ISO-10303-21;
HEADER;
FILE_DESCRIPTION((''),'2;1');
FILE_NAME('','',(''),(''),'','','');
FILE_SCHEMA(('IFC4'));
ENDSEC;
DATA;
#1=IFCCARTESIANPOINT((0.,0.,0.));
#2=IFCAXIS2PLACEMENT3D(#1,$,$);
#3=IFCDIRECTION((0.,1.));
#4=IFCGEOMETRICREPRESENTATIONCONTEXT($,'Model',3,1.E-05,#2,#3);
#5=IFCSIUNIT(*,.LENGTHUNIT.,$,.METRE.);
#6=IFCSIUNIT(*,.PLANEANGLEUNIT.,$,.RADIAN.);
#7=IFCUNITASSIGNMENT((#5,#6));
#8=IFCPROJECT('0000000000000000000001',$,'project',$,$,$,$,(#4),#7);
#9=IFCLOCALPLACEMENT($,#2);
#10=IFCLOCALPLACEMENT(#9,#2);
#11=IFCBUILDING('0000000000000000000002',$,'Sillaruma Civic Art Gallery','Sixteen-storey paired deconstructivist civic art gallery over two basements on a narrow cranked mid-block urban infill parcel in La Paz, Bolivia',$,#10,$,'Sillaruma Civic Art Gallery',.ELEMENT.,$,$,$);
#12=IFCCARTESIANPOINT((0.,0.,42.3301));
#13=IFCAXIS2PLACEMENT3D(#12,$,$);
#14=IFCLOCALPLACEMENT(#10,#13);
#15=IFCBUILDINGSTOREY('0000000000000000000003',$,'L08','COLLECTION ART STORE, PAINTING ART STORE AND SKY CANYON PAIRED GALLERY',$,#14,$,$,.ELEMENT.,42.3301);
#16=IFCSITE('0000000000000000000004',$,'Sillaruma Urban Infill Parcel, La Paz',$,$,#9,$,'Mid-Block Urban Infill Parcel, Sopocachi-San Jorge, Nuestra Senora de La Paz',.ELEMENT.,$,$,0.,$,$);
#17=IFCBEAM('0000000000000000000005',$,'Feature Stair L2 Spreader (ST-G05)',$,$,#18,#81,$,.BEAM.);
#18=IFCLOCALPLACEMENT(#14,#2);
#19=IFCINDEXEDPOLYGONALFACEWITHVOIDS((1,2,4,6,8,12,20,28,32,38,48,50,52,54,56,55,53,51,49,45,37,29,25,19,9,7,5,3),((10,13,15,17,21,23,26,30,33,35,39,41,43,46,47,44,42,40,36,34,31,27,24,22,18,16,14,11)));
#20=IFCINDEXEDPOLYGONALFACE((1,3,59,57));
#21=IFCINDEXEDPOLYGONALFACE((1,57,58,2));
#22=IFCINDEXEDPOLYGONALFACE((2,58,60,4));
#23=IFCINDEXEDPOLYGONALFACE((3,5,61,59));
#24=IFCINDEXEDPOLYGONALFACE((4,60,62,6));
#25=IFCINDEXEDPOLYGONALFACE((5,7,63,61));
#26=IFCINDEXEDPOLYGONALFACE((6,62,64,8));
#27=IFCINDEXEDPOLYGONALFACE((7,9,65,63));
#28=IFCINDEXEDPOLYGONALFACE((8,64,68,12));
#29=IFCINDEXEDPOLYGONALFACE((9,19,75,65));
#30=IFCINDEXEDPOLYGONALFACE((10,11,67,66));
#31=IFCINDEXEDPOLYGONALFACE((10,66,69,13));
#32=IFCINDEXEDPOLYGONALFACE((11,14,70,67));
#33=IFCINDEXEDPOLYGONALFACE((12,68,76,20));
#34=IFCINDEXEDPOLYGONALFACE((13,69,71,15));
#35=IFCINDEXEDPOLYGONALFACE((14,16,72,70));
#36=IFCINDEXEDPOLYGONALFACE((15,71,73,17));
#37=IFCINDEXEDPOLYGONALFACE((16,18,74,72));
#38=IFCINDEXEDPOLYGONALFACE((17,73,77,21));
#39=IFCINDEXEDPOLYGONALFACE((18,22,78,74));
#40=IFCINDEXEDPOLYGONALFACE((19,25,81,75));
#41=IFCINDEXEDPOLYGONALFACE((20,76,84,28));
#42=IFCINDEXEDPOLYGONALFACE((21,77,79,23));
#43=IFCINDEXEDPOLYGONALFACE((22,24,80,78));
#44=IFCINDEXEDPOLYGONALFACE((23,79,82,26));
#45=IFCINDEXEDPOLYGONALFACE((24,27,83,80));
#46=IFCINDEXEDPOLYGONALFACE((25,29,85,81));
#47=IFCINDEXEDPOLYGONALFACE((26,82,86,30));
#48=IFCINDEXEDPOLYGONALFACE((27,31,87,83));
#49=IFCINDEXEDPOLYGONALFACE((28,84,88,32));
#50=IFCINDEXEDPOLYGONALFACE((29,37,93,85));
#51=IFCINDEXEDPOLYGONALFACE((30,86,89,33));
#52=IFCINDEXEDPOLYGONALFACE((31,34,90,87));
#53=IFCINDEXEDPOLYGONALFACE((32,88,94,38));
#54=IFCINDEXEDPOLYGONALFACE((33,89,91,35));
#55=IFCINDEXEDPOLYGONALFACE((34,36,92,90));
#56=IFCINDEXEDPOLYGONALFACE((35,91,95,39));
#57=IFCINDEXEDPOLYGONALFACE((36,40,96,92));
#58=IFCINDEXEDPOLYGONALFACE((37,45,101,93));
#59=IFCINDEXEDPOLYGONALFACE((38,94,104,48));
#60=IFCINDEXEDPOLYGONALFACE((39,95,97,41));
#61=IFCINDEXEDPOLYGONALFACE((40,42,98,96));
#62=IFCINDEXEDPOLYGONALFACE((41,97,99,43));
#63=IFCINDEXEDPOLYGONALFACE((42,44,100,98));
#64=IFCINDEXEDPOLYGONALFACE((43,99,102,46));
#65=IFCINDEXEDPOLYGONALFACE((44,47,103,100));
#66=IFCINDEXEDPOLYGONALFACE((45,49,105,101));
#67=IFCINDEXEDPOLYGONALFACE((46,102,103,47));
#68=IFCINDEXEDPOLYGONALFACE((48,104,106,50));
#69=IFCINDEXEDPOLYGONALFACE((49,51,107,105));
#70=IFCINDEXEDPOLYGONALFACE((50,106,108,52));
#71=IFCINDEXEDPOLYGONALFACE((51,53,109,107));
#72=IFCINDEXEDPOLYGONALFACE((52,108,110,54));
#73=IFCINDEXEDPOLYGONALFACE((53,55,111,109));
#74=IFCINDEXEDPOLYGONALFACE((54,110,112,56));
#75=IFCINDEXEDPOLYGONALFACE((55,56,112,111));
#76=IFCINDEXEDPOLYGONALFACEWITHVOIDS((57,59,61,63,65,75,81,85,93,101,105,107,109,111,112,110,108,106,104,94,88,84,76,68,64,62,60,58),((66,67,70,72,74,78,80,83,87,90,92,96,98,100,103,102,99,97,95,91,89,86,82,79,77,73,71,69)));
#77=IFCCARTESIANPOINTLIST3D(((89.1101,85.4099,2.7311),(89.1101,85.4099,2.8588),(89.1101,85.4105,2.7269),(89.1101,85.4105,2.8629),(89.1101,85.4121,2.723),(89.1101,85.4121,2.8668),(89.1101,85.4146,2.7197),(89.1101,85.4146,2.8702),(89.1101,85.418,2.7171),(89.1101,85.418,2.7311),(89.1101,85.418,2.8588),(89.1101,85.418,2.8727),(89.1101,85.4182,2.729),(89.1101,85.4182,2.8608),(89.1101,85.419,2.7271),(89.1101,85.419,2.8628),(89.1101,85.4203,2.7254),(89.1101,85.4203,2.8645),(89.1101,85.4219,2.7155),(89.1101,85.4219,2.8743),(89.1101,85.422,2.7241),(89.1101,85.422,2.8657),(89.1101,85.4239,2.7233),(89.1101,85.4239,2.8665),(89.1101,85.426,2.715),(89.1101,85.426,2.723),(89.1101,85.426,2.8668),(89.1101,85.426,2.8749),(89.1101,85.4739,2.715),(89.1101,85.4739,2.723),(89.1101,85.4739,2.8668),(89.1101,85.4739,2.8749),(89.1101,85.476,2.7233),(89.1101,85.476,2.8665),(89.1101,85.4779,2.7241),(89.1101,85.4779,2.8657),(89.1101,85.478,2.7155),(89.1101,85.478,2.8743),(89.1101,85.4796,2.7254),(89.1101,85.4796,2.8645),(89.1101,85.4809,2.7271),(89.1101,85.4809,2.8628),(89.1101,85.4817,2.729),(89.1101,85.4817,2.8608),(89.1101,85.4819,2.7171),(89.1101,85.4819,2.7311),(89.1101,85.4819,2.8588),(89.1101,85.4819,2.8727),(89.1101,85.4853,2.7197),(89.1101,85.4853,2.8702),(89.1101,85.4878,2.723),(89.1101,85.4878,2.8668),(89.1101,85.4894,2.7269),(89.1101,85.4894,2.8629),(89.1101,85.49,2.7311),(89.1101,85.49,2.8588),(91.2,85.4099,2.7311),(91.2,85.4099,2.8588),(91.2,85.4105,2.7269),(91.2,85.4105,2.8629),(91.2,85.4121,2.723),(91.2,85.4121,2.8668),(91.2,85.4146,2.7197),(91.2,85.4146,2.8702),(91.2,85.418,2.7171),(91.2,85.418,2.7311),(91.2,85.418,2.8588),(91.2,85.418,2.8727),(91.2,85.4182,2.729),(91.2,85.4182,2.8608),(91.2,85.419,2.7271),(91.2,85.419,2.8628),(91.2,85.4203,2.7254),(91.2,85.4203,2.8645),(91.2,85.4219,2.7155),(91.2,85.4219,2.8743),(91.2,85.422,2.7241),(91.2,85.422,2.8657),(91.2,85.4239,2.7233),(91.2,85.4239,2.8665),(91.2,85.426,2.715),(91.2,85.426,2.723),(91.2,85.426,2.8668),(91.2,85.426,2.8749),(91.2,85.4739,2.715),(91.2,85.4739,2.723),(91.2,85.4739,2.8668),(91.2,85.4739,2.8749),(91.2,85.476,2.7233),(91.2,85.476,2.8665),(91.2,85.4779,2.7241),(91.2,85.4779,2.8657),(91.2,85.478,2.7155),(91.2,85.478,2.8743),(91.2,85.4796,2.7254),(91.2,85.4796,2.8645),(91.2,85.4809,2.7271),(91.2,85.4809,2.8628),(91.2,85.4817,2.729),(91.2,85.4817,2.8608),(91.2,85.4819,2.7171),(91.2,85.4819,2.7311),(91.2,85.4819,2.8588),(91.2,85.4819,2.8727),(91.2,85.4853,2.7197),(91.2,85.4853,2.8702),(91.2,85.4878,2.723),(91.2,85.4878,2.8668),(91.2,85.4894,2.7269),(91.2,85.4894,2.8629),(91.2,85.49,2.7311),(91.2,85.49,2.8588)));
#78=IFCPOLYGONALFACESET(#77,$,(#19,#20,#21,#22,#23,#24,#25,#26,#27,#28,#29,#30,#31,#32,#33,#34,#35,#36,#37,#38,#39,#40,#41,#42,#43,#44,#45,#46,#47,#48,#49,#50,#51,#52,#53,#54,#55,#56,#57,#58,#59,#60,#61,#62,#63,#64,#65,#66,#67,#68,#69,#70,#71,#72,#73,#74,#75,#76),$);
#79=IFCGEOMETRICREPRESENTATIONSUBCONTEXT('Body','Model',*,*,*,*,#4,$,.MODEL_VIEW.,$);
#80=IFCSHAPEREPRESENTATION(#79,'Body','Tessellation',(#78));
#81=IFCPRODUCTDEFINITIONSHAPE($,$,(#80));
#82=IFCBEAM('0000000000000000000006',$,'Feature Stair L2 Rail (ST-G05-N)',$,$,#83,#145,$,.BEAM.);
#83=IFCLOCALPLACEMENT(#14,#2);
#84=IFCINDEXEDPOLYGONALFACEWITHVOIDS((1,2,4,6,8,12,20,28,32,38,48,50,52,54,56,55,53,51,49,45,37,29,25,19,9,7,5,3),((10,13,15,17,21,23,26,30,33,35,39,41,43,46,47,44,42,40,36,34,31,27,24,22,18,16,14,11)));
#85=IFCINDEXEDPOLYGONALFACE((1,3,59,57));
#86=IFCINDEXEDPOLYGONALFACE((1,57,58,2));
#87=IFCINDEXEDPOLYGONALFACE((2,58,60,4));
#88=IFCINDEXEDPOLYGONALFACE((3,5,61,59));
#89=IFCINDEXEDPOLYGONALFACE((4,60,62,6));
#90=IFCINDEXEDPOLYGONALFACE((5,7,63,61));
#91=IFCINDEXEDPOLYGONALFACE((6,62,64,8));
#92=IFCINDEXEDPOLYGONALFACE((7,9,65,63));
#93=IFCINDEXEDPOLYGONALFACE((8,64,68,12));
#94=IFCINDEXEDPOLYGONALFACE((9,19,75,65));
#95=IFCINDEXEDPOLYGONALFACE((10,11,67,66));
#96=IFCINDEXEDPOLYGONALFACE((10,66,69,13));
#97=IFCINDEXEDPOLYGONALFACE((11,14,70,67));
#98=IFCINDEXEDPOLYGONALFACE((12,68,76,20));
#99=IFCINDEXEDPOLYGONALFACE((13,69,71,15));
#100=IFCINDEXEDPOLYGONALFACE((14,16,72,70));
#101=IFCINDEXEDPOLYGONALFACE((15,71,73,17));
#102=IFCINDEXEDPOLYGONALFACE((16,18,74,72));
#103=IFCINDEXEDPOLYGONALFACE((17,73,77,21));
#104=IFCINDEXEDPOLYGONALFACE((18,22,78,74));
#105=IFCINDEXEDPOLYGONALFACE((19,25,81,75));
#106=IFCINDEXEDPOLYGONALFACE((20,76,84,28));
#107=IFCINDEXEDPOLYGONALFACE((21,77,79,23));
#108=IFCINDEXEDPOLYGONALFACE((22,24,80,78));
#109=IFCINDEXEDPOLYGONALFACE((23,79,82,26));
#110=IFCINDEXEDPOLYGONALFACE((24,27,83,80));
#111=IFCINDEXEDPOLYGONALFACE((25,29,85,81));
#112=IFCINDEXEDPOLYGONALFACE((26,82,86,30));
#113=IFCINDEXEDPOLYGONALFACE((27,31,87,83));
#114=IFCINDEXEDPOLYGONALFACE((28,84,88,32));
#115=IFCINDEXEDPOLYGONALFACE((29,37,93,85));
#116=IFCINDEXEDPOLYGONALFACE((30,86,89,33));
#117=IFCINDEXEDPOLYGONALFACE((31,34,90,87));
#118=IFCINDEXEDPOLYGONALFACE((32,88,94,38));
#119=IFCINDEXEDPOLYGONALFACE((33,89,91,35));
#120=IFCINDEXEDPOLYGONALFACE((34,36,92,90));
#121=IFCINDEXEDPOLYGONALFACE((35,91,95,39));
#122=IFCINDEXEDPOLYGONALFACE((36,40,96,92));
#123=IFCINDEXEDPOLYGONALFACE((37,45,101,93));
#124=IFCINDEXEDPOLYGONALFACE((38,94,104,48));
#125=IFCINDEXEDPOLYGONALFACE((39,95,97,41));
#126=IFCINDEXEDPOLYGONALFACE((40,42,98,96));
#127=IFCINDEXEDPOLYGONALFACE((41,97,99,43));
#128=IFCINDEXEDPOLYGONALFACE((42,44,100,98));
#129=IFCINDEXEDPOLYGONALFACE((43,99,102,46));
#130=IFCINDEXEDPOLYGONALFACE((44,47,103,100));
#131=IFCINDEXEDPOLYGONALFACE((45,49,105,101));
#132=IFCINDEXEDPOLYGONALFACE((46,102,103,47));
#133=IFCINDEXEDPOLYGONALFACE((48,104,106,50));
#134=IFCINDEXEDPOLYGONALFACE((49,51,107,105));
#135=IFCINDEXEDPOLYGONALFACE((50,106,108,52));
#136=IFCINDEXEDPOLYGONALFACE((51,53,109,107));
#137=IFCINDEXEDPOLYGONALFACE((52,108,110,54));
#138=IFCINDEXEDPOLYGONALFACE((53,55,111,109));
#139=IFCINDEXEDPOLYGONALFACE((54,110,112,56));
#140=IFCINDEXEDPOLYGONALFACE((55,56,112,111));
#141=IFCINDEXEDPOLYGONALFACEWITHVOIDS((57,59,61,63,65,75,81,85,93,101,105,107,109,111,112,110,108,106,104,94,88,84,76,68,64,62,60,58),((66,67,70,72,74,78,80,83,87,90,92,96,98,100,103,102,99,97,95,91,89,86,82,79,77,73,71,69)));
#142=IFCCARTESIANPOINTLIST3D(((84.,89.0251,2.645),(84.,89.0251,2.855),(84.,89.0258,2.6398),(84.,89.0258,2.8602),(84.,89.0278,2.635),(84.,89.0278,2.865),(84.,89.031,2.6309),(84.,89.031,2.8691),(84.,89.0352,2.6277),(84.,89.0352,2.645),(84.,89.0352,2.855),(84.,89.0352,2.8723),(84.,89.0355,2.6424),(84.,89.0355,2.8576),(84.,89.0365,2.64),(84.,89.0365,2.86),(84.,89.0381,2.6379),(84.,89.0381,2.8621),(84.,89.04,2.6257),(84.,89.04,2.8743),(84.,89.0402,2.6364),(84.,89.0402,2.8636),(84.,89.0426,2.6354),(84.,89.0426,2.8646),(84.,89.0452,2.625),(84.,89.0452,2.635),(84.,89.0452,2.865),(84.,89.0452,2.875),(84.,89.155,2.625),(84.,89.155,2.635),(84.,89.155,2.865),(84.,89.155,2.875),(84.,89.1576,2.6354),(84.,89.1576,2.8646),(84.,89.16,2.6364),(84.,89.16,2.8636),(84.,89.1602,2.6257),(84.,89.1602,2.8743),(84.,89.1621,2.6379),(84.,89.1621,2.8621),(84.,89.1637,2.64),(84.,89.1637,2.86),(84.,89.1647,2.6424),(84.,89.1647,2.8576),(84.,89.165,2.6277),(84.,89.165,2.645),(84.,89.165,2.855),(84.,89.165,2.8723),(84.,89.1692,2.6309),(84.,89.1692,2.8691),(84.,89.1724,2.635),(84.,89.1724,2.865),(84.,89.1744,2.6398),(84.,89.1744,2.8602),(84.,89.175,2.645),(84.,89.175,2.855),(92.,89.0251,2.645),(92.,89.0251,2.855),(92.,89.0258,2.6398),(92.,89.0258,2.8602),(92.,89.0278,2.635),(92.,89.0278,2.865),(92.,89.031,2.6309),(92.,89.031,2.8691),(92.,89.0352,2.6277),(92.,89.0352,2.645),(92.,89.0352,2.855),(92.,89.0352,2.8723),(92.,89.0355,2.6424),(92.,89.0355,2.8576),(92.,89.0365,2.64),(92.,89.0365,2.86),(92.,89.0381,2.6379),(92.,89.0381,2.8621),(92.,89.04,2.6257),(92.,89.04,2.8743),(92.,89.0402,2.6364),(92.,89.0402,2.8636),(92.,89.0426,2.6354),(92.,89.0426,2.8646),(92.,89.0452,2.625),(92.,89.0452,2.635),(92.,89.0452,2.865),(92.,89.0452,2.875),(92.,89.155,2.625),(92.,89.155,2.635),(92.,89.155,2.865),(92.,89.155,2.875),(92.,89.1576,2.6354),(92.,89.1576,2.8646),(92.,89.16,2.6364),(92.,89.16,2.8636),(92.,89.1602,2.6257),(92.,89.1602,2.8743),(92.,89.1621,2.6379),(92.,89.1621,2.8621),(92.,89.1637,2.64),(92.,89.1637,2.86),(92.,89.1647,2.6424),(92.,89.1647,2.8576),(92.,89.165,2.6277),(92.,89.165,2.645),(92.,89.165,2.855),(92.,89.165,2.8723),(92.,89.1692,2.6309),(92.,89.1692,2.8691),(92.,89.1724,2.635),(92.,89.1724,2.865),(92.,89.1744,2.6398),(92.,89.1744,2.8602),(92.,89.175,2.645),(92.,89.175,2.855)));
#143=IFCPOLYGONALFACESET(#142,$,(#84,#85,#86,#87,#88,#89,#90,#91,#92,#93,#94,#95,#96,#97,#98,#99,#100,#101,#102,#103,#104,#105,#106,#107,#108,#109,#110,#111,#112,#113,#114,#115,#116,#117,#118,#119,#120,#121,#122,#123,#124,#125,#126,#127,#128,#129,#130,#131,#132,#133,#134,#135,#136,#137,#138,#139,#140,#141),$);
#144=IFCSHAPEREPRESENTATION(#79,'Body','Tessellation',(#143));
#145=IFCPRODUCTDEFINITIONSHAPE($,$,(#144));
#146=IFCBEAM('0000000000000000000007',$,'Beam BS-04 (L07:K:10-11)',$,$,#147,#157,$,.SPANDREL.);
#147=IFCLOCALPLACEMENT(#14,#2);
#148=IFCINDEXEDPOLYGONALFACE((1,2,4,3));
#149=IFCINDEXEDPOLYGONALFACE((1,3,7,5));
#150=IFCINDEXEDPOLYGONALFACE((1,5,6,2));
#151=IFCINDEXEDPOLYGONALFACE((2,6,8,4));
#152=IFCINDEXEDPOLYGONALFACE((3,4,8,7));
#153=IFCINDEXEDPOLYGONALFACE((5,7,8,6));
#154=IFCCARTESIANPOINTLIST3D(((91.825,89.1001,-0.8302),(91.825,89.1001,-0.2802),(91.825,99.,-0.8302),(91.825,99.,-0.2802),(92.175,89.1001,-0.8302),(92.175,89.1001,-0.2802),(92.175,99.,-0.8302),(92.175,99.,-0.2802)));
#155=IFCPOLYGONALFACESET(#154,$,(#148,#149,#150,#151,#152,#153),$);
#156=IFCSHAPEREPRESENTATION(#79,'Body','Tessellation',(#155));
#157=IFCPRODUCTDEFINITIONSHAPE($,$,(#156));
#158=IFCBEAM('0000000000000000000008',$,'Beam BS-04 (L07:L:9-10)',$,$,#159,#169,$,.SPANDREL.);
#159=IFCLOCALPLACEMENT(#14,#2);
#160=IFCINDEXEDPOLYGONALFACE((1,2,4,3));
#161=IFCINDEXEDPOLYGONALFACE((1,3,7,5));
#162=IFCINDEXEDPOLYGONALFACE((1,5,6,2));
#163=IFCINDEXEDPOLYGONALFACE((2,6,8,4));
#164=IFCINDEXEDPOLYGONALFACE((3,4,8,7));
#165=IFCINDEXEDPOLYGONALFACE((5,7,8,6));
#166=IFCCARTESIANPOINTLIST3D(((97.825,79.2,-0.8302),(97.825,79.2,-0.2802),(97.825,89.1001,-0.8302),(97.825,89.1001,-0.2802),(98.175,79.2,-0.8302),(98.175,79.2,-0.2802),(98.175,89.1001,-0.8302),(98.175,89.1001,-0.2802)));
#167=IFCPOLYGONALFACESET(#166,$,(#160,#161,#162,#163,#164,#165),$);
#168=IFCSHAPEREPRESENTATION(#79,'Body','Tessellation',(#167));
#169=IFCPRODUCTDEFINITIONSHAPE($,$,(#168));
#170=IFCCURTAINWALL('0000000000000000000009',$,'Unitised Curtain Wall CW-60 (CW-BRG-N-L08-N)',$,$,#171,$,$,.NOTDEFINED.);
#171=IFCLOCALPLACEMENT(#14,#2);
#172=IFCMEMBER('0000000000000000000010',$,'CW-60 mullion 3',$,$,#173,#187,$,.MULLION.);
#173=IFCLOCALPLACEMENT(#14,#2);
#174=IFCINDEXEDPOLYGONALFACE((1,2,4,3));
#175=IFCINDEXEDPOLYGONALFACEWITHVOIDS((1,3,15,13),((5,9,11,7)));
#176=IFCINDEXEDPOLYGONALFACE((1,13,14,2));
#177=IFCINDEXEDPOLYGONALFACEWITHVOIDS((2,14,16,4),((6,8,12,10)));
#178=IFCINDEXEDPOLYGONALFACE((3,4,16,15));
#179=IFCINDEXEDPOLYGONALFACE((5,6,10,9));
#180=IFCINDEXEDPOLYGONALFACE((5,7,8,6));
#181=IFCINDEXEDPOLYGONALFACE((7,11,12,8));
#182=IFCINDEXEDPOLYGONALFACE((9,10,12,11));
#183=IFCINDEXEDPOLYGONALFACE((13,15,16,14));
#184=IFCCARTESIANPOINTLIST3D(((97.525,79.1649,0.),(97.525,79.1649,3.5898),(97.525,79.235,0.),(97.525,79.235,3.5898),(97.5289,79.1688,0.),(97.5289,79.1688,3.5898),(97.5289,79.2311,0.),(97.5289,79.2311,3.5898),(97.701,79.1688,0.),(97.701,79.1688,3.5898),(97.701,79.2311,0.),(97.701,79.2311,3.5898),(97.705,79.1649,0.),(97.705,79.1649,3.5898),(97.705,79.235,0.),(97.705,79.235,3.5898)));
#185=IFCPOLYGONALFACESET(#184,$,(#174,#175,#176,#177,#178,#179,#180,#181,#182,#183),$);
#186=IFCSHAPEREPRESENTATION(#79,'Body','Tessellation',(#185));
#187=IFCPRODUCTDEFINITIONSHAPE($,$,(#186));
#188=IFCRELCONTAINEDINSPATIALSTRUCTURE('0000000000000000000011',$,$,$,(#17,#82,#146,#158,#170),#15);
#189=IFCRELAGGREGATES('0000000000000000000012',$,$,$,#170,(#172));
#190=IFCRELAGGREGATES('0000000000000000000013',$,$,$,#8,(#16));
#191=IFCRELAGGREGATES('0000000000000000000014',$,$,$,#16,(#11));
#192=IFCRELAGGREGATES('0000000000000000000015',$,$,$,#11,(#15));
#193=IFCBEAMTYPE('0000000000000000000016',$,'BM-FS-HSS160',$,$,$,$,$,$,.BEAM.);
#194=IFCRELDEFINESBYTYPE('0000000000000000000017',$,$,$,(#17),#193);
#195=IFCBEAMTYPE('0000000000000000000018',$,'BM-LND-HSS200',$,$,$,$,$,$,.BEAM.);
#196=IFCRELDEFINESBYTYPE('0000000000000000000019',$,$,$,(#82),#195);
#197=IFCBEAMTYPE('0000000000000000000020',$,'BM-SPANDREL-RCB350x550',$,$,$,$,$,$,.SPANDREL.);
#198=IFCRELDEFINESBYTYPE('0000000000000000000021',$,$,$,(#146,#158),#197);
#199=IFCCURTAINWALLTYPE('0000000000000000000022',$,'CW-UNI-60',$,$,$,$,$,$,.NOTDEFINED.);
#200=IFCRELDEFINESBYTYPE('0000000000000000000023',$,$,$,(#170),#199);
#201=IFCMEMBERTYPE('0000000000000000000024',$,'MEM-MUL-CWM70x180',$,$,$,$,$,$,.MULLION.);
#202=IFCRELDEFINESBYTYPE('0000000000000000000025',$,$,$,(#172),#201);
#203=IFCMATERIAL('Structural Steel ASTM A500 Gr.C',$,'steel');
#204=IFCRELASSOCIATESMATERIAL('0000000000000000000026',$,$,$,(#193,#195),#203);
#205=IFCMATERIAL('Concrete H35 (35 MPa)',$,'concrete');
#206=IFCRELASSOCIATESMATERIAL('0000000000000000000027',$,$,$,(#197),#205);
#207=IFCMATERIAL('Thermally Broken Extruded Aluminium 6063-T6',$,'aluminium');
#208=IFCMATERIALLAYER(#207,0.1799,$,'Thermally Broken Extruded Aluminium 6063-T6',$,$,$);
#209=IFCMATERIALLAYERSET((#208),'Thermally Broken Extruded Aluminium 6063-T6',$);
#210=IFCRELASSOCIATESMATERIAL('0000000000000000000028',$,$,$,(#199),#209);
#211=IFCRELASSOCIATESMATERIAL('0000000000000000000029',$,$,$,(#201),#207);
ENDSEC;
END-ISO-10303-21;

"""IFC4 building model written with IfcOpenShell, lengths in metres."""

from ifc_helpers import new_model, si_unit, direction, frame, origin, origin_2d, place, context, subcontext, project, spatial, rectangle, hollow_rectangle, extrude, material, layer, layer_set, material_profile, profile_set, type_object, element, aggregate, save


model = new_model("IFC4")

# Units and contexts
model_context = context("Model", 3, precision=1e-05, world=origin(), true_north=direction((0.0, 1.0)))
body_context = subcontext(model_context, "Body", "Model", "MODEL_VIEW")
ifc_project = project(units=[si_unit("LENGTHUNIT", "METRE"), si_unit("PLANEANGLEUNIT", "RADIAN")], contexts=[model_context])

# Site, building, storey
site_placement = place(None, origin())
site = spatial("IfcSite", under=ifc_project, at=site_placement, Name="Sillaruma Urban Infill Parcel, La Paz", LongName="Mid-Block Urban Infill Parcel, Sopocachi-San Jorge, Nuestra Senora de La Paz", CompositionType="ELEMENT", RefElevation=0.0)
building_placement = place(site_placement, origin())
building = spatial("IfcBuilding", under=site, at=building_placement, Name="Sillaruma Civic Art Gallery", Description="Sixteen-storey paired deconstructivist civic art gallery over two basements on a narrow cranked mid-block urban infill parcel in La Paz, Bolivia", LongName="Sillaruma Civic Art Gallery", CompositionType="ELEMENT")
storey_placement = place(building_placement, frame((0.0, 0.0, 42.3301)))
storey = spatial("IfcBuildingStorey", under=building, at=storey_placement, Name="L08", Description="COLLECTION ART STORE, PAINTING ART STORE AND SKY CANYON PAIRED GALLERY", CompositionType="ELEMENT", Elevation=42.3301)

# Beams
ifc_material_1 = material(Name="Concrete H35 (35 MPa)", Category="concrete")
ifc_material_2 = material(Name="Structural Steel ASTM A500 Gr.C", Category="steel")
ifc_material_profile_1 = material_profile(ifc_material_2, hollow_rectangle(XDim=0.0801, YDim=0.1599, WallThickness=0.0081, InnerFilletRadius=0.0081, OuterFilletRadius=0.0161, at=origin_2d()), Name="HSS160x80x8")
ifc_profile_set_1 = profile_set([ifc_material_profile_1], Name="Structural Steel ASTM A500 Gr.C")
beam_type_1 = type_object("IfcBeamType", Name="BM-FS-HSS160", PredefinedType="BEAM", material=ifc_profile_set_1)
beam_1_placement = place(storey_placement, frame((89.1101, 85.45, 2.7949), z_axis=(1.0, 0.0, 0.0), x_axis=(0.0, 1.0, 0.0)))
element("IfcBeam", 1, at=beam_1_placement, inside=storey, type_object=beam_type_1, Name="Feature Stair L2 Spreader (ST-G05)", PredefinedType="BEAM", context=body_context, shape_type="SweptSolid", body=[
    extrude(hollow_rectangle(XDim=0.0801, YDim=0.1599, WallThickness=0.0081, InnerFilletRadius=0.0081, OuterFilletRadius=0.0161, at=origin_2d()), origin(), (0.0, 0.0, 1.0), 2.0898),
])
ifc_material_profile_2 = material_profile(ifc_material_2, hollow_rectangle(XDim=0.1499, YDim=0.25, WallThickness=0.01, InnerFilletRadius=0.01, OuterFilletRadius=0.02, at=origin_2d()), Name="HSS250x150x10")
ifc_profile_set_2 = profile_set([ifc_material_profile_2], Name="Structural Steel ASTM A500 Gr.C")
beam_type_2 = type_object("IfcBeamType", Name="BM-LND-HSS200", PredefinedType="BEAM", material=ifc_profile_set_2)
beam_2_placement = place(storey_placement, frame((84.0, 89.1001, 2.75), z_axis=(1.0, 0.0, 0.0), x_axis=(0.0, 1.0, 0.0)))
element("IfcBeam", 2, at=beam_2_placement, inside=storey, type_object=beam_type_2, Name="Feature Stair L2 Rail (ST-G05-N)", PredefinedType="BEAM", context=body_context, shape_type="SweptSolid", body=[
    extrude(hollow_rectangle(XDim=0.1499, YDim=0.25, WallThickness=0.01, InnerFilletRadius=0.01, OuterFilletRadius=0.02, at=origin_2d()), origin(), (0.0, 0.0, 1.0), 8.0),
])
ifc_material_profile_3 = material_profile(ifc_material_1, rectangle(XDim=0.3501, YDim=0.55, at=origin_2d()), Name="RCB350x550")
ifc_profile_set_3 = profile_set([ifc_material_profile_3], Name="Concrete H35 (35 MPa)")
beam_type_3 = type_object("IfcBeamType", Name="BM-SPANDREL-RCB350x550", PredefinedType="SPANDREL", material=ifc_profile_set_3)
beam_3_placement = place(storey_placement, frame((92.0, 89.1001, -0.5552), z_axis=(0.0, 1.0, 0.0), x_axis=(-1.0, 0.0, 0.0)))
element("IfcBeam", 3, at=beam_3_placement, inside=storey, type_object=beam_type_3, Name="Beam BS-04 (L07:K:10-11)", PredefinedType="SPANDREL", context=body_context, shape_type="SweptSolid", body=[
    extrude(rectangle(XDim=0.3501, YDim=0.55, at=origin_2d()), origin(), (0.0, 0.0, 1.0), 9.8999),
])
beam_4_placement = place(storey_placement, frame((98.0, 79.2, -0.5552), z_axis=(0.0, 1.0, 0.0), x_axis=(-1.0, 0.0, 0.0)))
element("IfcBeam", 4, at=beam_4_placement, inside=storey, type_object=beam_type_3, Name="Beam BS-04 (L07:L:9-10)", PredefinedType="SPANDREL", context=body_context, shape_type="SweptSolid", body=[
    extrude(rectangle(XDim=0.3501, YDim=0.55, at=origin_2d()), origin(), (0.0, 0.0, 1.0), 9.9001),
])

# Curtain wall, member
ifc_material_3 = material(Name="Thermally Broken Extruded Aluminium 6063-T6", Category="aluminium")
ifc_layer_1 = layer(ifc_material_3, 0.1799, Name="Thermally Broken Extruded Aluminium 6063-T6")
ifc_layer_set_1 = layer_set([ifc_layer_1], Name="Thermally Broken Extruded Aluminium 6063-T6")
curtain_wall_type = type_object("IfcCurtainWallType", Name="CW-UNI-60", PredefinedType="NOTDEFINED", material=ifc_layer_set_1)
curtain_wall_placement = place(storey_placement, origin())
curtain_wall = element("IfcCurtainWall", 5, at=curtain_wall_placement, inside=storey, type_object=curtain_wall_type, Name="Unitised Curtain Wall CW-60 (CW-BRG-N-L08-N)", PredefinedType="NOTDEFINED")
ifc_material_profile_4 = material_profile(ifc_material_3, hollow_rectangle(XDim=0.0701, YDim=0.1799, WallThickness=0.0039, at=origin_2d()), Name="CWM70x180")
ifc_profile_set_4 = profile_set([ifc_material_profile_4], Name="Thermally Broken Extruded Aluminium 6063-T6")
member_type = type_object("IfcMemberType", Name="MEM-MUL-CWM70x180", PredefinedType="MULLION", material=ifc_profile_set_4)
member_placement = place(storey_placement, frame((97.615, 79.2, 0.0), z_axis=(0.0, 0.0, 1.0), x_axis=(0.0, 1.0, 0.0)))
member = element("IfcMember", 6, at=member_placement, type_object=member_type, Name="CW-60 mullion 3", PredefinedType="MULLION", context=body_context, shape_type="SweptSolid", body=[
    extrude(hollow_rectangle(XDim=0.0701, YDim=0.1799, WallThickness=0.0039, at=origin_2d()), origin(), (0.0, 0.0, 1.0), 3.5898),
])
aggregate(curtain_wall, [member])

save(model, "model.ifc")
